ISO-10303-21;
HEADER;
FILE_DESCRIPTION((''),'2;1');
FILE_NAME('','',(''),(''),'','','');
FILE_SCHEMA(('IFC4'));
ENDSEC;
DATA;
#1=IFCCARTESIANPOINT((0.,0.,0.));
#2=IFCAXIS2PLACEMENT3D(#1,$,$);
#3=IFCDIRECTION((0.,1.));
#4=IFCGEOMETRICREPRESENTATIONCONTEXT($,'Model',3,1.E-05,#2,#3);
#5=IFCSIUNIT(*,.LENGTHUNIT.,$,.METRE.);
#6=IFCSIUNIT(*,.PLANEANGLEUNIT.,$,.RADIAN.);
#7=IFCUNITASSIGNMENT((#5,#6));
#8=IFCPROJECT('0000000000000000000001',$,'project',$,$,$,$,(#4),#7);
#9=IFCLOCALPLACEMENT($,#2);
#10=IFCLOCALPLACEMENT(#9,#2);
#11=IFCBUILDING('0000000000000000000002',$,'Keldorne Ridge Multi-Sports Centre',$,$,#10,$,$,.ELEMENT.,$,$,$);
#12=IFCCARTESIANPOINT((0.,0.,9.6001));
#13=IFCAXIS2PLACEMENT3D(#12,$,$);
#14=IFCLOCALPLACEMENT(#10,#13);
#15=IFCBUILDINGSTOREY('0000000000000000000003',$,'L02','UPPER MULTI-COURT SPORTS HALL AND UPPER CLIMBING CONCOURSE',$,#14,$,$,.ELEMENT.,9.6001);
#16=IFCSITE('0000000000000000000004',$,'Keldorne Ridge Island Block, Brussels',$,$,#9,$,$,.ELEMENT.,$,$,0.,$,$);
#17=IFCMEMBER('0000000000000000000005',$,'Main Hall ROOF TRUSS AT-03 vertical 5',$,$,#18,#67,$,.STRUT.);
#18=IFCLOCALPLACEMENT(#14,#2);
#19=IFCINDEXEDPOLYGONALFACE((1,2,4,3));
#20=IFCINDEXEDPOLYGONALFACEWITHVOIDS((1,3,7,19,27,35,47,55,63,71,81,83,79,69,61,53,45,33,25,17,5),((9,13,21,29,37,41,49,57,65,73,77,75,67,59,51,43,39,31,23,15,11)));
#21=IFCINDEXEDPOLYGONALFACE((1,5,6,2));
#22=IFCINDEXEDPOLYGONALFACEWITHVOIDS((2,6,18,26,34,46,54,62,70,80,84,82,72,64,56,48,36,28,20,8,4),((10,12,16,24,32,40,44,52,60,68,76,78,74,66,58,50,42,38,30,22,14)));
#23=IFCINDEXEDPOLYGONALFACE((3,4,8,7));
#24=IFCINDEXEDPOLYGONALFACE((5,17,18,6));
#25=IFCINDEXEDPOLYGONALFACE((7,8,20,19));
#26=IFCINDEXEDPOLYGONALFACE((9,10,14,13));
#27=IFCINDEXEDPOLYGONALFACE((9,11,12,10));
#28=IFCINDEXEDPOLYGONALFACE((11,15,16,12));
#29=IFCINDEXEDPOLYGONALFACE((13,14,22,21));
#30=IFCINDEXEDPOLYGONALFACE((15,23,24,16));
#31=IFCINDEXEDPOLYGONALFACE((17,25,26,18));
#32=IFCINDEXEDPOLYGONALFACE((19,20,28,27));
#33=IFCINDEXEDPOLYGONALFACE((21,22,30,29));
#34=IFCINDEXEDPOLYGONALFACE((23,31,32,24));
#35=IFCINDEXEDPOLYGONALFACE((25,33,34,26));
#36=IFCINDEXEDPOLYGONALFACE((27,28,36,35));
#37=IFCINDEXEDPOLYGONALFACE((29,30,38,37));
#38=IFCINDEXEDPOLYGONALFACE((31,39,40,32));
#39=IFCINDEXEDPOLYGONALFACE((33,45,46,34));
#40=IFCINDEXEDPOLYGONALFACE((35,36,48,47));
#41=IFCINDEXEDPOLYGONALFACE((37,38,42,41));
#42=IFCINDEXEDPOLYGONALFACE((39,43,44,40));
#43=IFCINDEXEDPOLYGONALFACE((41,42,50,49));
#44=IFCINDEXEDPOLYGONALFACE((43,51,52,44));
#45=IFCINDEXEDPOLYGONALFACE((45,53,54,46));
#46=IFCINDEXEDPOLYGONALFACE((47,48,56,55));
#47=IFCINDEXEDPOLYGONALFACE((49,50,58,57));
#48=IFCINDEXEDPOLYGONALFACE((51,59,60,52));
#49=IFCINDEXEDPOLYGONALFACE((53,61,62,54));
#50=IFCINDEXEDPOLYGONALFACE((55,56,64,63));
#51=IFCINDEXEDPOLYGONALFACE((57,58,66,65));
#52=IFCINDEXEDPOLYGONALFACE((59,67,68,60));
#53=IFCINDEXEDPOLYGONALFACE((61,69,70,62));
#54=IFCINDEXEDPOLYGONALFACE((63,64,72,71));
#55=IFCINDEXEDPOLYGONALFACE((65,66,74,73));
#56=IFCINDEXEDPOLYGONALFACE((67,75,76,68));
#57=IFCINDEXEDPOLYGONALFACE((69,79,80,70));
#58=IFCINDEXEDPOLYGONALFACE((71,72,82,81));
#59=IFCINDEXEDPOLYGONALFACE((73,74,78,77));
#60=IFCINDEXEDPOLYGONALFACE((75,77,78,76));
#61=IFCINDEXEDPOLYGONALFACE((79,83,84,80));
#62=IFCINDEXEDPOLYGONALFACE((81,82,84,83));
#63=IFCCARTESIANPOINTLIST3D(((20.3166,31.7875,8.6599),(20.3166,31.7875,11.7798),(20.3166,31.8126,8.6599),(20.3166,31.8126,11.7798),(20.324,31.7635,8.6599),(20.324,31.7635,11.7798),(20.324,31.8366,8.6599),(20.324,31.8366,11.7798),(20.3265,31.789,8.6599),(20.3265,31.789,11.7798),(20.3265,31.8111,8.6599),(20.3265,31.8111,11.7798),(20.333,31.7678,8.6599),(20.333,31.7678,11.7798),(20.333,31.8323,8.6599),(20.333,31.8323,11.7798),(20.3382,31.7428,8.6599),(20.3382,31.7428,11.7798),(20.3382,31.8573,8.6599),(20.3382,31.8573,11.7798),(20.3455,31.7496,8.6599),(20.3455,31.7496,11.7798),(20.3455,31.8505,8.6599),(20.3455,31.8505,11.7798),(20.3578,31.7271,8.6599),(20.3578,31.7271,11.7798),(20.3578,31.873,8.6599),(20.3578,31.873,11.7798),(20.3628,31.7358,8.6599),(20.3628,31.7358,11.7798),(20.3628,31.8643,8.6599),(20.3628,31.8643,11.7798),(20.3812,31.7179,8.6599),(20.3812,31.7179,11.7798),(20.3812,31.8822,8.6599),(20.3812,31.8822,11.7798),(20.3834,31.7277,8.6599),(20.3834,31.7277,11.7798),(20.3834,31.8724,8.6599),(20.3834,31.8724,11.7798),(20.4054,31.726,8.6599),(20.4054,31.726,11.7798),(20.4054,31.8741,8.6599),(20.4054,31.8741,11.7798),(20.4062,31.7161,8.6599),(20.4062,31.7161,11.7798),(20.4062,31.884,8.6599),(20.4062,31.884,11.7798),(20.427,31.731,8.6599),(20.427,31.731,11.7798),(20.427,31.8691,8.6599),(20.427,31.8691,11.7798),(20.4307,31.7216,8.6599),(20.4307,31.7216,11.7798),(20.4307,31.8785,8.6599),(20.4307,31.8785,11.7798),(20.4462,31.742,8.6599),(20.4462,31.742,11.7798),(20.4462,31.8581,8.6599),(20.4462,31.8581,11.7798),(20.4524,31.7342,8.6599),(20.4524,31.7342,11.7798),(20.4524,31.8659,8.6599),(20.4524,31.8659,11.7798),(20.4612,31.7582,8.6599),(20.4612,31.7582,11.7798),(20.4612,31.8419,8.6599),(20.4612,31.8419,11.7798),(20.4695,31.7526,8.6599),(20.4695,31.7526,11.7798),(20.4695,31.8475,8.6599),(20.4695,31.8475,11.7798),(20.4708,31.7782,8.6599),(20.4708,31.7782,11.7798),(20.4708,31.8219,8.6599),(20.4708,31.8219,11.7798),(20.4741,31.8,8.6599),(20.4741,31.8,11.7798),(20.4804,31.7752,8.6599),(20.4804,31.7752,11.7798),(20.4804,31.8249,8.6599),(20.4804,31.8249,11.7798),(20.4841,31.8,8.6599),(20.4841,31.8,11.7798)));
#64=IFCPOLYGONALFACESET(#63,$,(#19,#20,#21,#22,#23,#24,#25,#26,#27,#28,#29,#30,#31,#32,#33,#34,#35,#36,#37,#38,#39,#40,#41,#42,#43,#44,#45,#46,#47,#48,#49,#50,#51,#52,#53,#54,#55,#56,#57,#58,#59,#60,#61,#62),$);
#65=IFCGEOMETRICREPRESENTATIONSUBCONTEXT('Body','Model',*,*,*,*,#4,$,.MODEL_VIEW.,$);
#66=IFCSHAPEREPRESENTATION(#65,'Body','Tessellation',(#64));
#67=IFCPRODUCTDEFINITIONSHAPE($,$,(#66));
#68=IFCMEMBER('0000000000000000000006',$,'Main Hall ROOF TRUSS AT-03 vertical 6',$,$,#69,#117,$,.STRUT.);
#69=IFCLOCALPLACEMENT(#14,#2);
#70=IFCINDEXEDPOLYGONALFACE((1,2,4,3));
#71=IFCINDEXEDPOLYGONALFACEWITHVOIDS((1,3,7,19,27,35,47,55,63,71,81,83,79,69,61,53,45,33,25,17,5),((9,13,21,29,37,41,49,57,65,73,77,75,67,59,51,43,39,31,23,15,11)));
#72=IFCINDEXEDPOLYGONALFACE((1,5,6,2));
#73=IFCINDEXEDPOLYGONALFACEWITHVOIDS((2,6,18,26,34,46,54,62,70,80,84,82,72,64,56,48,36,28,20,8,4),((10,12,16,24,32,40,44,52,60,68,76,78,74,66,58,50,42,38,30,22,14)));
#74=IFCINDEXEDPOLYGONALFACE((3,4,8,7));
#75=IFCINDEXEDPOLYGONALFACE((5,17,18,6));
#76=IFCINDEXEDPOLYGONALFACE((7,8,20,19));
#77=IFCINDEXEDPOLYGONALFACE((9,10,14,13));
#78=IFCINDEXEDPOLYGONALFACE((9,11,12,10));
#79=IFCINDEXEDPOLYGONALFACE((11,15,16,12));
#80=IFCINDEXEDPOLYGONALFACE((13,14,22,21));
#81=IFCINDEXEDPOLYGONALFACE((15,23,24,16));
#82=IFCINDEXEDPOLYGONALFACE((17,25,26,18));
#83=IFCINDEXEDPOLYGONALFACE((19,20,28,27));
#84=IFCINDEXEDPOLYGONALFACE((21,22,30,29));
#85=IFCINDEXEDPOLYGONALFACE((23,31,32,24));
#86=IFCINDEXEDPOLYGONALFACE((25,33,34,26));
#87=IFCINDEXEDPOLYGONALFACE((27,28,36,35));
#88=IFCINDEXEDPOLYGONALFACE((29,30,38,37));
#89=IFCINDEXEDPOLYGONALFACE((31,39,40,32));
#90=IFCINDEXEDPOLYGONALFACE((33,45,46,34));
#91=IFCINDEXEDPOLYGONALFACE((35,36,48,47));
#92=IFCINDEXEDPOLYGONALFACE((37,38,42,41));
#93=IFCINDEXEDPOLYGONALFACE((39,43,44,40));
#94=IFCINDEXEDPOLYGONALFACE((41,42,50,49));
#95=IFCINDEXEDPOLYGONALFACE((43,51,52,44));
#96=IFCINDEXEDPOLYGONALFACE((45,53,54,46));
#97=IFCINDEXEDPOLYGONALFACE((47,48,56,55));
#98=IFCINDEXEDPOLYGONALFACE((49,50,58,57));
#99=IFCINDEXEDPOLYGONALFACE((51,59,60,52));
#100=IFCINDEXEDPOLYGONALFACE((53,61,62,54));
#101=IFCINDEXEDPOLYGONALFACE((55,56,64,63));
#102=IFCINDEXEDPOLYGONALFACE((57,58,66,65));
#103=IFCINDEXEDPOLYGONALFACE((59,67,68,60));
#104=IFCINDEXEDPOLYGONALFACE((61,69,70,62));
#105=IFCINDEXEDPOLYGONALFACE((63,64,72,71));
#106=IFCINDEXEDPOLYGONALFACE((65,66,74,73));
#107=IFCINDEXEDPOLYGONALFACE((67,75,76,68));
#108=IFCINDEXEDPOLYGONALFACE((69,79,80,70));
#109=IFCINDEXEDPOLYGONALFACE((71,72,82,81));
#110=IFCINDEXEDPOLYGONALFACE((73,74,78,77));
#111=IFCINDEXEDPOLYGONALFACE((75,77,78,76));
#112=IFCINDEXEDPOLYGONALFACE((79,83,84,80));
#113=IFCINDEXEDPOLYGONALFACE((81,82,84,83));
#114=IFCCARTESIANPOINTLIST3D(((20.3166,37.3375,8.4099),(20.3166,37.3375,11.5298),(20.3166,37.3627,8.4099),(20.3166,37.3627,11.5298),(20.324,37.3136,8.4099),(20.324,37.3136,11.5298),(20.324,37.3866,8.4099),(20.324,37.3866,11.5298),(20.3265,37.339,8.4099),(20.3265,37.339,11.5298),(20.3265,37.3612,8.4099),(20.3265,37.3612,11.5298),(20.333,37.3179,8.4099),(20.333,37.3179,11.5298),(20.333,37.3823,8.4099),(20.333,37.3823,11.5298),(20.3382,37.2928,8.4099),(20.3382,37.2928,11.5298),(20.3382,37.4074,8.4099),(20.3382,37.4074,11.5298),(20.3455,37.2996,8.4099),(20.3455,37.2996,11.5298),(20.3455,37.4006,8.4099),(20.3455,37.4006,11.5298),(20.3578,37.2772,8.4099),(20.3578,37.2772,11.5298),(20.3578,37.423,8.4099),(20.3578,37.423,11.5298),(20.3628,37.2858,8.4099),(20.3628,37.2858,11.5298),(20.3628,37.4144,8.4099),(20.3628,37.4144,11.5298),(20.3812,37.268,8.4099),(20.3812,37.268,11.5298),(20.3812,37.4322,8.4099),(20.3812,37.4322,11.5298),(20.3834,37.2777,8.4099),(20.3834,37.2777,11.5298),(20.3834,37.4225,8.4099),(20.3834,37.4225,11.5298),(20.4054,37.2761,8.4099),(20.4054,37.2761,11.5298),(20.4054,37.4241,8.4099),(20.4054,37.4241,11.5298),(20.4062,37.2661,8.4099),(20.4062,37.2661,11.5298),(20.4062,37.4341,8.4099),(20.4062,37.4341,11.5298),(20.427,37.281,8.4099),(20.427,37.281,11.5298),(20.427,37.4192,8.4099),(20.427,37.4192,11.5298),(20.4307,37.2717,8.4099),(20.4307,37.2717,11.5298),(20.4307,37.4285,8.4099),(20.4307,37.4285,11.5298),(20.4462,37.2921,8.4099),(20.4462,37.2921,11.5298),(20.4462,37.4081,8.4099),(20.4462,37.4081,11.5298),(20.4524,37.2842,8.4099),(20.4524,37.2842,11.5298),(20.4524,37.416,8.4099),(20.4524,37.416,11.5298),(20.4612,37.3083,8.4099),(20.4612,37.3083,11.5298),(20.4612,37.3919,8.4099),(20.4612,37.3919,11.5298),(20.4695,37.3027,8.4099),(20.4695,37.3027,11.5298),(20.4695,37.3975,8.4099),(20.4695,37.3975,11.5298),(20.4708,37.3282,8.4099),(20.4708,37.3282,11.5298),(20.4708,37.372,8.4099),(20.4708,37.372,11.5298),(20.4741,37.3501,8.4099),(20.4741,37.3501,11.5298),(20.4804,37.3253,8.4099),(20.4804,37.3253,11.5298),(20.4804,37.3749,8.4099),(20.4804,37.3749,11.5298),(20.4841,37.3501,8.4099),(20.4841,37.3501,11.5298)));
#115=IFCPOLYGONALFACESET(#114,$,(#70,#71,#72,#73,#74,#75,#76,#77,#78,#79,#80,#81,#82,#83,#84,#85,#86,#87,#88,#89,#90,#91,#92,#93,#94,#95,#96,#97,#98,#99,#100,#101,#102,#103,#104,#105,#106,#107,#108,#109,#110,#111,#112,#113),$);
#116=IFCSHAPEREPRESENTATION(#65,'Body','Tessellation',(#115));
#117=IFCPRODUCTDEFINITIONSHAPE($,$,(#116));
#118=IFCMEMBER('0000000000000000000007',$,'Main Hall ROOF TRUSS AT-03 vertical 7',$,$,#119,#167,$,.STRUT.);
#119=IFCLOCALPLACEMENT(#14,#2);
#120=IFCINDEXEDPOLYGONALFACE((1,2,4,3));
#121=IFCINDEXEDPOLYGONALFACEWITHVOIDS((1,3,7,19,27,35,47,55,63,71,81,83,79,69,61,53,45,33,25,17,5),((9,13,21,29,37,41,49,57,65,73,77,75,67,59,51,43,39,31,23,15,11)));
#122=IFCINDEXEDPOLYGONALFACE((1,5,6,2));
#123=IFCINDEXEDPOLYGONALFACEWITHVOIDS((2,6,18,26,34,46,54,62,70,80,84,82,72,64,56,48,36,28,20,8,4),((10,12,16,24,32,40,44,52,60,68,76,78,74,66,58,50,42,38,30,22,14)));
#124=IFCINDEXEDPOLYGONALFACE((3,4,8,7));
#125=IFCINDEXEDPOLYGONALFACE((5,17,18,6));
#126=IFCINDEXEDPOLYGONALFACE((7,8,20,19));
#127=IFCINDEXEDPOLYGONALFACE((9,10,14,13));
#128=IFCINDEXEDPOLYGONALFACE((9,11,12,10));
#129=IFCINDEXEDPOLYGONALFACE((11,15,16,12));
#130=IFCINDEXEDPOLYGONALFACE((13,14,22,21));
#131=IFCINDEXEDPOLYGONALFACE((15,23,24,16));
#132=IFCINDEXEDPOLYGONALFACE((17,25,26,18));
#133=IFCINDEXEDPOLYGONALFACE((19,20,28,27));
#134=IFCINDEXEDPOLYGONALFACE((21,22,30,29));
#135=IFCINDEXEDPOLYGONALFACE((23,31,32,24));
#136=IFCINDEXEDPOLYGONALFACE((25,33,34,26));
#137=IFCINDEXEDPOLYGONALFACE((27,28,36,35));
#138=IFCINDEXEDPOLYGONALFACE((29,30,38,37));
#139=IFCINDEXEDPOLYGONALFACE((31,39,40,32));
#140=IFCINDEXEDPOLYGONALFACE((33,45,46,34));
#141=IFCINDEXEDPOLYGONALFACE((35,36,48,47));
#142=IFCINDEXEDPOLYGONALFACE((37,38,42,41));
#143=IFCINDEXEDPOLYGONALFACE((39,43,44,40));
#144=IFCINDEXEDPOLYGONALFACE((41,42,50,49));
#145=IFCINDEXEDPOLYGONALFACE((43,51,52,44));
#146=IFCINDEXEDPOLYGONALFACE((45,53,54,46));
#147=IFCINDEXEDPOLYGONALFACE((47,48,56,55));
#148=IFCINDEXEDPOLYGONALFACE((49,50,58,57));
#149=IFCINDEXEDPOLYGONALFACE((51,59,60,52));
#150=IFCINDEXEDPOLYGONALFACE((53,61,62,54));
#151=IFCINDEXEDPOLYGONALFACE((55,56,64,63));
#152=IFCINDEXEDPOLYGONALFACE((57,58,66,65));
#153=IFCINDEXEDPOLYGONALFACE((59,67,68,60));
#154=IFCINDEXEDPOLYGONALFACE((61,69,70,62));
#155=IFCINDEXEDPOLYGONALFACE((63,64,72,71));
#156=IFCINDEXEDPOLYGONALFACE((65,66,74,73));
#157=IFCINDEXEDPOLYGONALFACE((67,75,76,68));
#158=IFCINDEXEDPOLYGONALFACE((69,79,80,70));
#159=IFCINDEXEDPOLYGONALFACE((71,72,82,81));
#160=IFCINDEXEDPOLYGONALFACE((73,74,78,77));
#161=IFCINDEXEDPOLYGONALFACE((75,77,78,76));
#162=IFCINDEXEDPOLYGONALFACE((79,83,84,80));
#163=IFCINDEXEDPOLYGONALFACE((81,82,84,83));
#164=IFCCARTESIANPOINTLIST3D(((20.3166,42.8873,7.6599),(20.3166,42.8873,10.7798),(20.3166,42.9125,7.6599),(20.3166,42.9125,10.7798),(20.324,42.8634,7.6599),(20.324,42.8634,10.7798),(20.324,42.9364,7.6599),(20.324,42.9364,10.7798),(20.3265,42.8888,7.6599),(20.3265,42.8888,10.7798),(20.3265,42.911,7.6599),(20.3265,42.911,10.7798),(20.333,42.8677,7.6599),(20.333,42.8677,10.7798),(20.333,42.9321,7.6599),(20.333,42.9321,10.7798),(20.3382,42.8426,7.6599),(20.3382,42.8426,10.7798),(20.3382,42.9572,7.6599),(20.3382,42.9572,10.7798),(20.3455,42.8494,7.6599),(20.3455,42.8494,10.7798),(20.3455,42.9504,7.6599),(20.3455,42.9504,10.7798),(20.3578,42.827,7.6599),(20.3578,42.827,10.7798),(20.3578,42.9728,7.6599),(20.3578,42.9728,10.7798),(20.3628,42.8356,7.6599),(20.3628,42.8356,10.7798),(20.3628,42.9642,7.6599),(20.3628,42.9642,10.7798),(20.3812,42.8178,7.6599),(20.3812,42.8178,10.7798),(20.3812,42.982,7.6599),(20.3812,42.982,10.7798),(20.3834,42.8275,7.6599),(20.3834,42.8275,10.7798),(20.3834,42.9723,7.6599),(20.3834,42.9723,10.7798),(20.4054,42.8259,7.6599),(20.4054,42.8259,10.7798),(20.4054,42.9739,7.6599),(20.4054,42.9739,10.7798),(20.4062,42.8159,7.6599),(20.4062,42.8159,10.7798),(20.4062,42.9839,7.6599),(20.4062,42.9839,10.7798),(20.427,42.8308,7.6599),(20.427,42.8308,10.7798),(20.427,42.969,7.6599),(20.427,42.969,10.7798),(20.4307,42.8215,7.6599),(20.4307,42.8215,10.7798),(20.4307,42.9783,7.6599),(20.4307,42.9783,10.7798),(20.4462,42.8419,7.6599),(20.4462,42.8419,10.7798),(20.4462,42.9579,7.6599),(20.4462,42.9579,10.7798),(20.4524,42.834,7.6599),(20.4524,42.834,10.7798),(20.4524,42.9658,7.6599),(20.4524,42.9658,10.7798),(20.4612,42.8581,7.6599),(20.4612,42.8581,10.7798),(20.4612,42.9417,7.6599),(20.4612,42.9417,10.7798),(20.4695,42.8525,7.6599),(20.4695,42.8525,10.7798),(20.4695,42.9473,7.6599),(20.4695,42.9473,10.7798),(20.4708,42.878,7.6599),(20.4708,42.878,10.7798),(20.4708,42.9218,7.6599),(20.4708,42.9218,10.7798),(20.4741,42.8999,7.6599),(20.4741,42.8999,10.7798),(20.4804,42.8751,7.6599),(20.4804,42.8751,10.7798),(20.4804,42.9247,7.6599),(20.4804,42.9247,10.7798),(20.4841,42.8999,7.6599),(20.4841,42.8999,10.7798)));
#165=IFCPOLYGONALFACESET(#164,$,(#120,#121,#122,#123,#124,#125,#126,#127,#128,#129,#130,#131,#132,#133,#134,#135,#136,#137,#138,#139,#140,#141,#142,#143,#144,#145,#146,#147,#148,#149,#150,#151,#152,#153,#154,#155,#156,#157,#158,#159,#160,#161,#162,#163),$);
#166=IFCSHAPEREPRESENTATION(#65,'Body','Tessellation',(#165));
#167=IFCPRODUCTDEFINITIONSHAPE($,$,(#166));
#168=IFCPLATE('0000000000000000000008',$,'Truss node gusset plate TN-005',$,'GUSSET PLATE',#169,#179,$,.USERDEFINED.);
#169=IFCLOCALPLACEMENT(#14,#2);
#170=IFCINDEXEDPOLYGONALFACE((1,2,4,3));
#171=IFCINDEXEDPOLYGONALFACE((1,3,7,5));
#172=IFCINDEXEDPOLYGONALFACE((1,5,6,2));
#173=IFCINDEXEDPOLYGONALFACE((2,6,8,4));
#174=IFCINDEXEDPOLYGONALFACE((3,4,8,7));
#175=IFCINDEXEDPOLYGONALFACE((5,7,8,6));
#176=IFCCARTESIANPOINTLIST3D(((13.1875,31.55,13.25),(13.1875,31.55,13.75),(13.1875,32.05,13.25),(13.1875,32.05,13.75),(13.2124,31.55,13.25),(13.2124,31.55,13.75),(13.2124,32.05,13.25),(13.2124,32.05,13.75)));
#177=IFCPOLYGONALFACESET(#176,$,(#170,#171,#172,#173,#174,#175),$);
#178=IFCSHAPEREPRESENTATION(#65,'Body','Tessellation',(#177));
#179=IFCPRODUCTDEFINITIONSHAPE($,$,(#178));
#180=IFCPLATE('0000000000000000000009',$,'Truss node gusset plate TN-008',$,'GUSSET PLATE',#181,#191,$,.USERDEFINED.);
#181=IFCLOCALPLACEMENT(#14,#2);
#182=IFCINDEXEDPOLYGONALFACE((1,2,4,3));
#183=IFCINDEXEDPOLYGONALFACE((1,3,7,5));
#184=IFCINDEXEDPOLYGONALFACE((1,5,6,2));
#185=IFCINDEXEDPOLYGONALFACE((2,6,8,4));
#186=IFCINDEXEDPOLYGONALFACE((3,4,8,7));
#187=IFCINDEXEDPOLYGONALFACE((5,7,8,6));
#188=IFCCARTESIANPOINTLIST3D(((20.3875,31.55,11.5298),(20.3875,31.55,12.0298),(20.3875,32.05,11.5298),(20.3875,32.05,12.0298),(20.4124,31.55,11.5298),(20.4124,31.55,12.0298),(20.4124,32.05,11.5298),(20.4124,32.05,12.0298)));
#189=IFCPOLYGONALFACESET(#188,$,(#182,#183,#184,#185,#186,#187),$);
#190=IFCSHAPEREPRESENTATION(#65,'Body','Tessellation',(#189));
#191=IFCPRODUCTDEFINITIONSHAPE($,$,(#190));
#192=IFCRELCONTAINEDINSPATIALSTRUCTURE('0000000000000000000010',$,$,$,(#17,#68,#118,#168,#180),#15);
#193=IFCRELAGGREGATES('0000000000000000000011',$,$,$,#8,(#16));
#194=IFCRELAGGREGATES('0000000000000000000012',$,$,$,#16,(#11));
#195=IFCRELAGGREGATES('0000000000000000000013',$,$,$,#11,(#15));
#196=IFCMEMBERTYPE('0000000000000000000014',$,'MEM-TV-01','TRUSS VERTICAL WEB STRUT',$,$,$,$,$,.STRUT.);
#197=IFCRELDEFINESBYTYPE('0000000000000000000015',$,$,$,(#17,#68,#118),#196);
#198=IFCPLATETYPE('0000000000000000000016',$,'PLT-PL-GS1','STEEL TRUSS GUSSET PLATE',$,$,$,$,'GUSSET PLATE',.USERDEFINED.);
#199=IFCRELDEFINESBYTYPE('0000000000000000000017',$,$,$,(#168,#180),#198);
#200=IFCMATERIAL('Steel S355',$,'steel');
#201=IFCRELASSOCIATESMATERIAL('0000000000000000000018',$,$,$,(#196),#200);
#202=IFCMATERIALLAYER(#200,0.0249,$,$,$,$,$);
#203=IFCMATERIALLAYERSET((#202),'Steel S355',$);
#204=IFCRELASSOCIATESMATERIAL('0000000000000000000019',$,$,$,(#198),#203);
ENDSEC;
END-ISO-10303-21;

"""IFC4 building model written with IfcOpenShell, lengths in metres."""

from ifc_helpers import new_model, si_unit, direction, frame, origin, origin_2d, place, context, subcontext, project, spatial, rectangle, hollow_circle, extrude, material, layer, layer_set, material_profile, profile_set, type_object, element, save


model = new_model("IFC4")

# Units and contexts
model_context = context("Model", 3, precision=1e-05, world=origin(), true_north=direction((0.0, 1.0)))
body_context = subcontext(model_context, "Body", "Model", "MODEL_VIEW")
ifc_project = project(units=[si_unit("LENGTHUNIT", "METRE"), si_unit("PLANEANGLEUNIT", "RADIAN")], contexts=[model_context])

# Site, building, storey
site_placement = place(None, origin())
site = spatial("IfcSite", under=ifc_project, at=site_placement, Name="Keldorne Ridge Island Block, Brussels", CompositionType="ELEMENT", RefElevation=0.0)
building_placement = place(site_placement, origin())
building = spatial("IfcBuilding", under=site, at=building_placement, Name="Keldorne Ridge Multi-Sports Centre", CompositionType="ELEMENT")
storey_placement = place(building_placement, frame((0.0, 0.0, 9.6001)))
storey = spatial("IfcBuildingStorey", under=building, at=storey_placement, Name="L02", Description="UPPER MULTI-COURT SPORTS HALL AND UPPER CLIMBING CONCOURSE", CompositionType="ELEMENT", Elevation=9.6001)

# Members
ifc_material = material(Name="Steel S355", Category="steel")
ifc_material_profile_1 = material_profile(ifc_material, hollow_circle(Radius=0.0842, WallThickness=0.01, at=origin_2d()), Name="CHS 168.3x10")
ifc_profile_set_1 = profile_set([ifc_material_profile_1], Name="Steel S355")
member_type_1 = type_object("IfcMemberType", Name="MEM-TV-01", Description="TRUSS VERTICAL WEB STRUT", PredefinedType="STRUT", material=ifc_profile_set_1)
for number, where, z_axis, x_axis, name in (
    (1, (20.3999, 31.8, 8.6599), (0.0, 0.0, 1.0), (1.0, 0.0, 0.0), "Main Hall ROOF TRUSS AT-03 vertical 5"),
    (2, (20.3999, 37.3501, 8.4099), (0.0, 0.0, 1.0), (1.0, 0.0, 0.0), "Main Hall ROOF TRUSS AT-03 vertical 6"),
    (3, (20.3999, 42.8999, 7.6599), (0.0, 0.0, 1.0), (1.0, 0.0, 0.0), "Main Hall ROOF TRUSS AT-03 vertical 7"),
):
    element("IfcMember", number, at=place(storey_placement, frame(where, z_axis=z_axis, x_axis=x_axis)), inside=storey, type_object=member_type_1, Name=name, PredefinedType="STRUT", context=body_context, shape_type="SweptSolid", body=[
        extrude(hollow_circle(Radius=0.0842, WallThickness=0.01, at=origin_2d()), origin(), (0.0, 0.0, 1.0), 3.1199),
    ])

# Plates
ifc_layer = layer(ifc_material, 0.0249)
ifc_layer_set = layer_set([ifc_layer], Name="Steel S355")
plate_type = type_object("IfcPlateType", Name="PLT-PL-GS1", Description="STEEL TRUSS GUSSET PLATE", ElementType="GUSSET PLATE", PredefinedType="USERDEFINED", material=ifc_layer_set)
for number, where, z_axis, x_axis, name in (
    (4, (13.2, 31.8, 13.25), (0.0, 0.0, 1.0), (1.0, 0.0, 0.0), "Truss node gusset plate TN-005"),
    (5, (20.3999, 31.8, 11.5298), (0.0, 0.0, 1.0), (1.0, 0.0, 0.0), "Truss node gusset plate TN-008"),
):
    element("IfcPlate", number, at=place(storey_placement, frame(where, z_axis=z_axis, x_axis=x_axis)), inside=storey, type_object=plate_type, Name=name, ObjectType="GUSSET PLATE", PredefinedType="USERDEFINED", context=body_context, shape_type="SweptSolid", body=[
        extrude(rectangle(XDim=0.0249, YDim=0.5, at=origin_2d()), origin(), (0.0, 0.0, 1.0), 0.5),
    ])

save(model, "model.ifc")
